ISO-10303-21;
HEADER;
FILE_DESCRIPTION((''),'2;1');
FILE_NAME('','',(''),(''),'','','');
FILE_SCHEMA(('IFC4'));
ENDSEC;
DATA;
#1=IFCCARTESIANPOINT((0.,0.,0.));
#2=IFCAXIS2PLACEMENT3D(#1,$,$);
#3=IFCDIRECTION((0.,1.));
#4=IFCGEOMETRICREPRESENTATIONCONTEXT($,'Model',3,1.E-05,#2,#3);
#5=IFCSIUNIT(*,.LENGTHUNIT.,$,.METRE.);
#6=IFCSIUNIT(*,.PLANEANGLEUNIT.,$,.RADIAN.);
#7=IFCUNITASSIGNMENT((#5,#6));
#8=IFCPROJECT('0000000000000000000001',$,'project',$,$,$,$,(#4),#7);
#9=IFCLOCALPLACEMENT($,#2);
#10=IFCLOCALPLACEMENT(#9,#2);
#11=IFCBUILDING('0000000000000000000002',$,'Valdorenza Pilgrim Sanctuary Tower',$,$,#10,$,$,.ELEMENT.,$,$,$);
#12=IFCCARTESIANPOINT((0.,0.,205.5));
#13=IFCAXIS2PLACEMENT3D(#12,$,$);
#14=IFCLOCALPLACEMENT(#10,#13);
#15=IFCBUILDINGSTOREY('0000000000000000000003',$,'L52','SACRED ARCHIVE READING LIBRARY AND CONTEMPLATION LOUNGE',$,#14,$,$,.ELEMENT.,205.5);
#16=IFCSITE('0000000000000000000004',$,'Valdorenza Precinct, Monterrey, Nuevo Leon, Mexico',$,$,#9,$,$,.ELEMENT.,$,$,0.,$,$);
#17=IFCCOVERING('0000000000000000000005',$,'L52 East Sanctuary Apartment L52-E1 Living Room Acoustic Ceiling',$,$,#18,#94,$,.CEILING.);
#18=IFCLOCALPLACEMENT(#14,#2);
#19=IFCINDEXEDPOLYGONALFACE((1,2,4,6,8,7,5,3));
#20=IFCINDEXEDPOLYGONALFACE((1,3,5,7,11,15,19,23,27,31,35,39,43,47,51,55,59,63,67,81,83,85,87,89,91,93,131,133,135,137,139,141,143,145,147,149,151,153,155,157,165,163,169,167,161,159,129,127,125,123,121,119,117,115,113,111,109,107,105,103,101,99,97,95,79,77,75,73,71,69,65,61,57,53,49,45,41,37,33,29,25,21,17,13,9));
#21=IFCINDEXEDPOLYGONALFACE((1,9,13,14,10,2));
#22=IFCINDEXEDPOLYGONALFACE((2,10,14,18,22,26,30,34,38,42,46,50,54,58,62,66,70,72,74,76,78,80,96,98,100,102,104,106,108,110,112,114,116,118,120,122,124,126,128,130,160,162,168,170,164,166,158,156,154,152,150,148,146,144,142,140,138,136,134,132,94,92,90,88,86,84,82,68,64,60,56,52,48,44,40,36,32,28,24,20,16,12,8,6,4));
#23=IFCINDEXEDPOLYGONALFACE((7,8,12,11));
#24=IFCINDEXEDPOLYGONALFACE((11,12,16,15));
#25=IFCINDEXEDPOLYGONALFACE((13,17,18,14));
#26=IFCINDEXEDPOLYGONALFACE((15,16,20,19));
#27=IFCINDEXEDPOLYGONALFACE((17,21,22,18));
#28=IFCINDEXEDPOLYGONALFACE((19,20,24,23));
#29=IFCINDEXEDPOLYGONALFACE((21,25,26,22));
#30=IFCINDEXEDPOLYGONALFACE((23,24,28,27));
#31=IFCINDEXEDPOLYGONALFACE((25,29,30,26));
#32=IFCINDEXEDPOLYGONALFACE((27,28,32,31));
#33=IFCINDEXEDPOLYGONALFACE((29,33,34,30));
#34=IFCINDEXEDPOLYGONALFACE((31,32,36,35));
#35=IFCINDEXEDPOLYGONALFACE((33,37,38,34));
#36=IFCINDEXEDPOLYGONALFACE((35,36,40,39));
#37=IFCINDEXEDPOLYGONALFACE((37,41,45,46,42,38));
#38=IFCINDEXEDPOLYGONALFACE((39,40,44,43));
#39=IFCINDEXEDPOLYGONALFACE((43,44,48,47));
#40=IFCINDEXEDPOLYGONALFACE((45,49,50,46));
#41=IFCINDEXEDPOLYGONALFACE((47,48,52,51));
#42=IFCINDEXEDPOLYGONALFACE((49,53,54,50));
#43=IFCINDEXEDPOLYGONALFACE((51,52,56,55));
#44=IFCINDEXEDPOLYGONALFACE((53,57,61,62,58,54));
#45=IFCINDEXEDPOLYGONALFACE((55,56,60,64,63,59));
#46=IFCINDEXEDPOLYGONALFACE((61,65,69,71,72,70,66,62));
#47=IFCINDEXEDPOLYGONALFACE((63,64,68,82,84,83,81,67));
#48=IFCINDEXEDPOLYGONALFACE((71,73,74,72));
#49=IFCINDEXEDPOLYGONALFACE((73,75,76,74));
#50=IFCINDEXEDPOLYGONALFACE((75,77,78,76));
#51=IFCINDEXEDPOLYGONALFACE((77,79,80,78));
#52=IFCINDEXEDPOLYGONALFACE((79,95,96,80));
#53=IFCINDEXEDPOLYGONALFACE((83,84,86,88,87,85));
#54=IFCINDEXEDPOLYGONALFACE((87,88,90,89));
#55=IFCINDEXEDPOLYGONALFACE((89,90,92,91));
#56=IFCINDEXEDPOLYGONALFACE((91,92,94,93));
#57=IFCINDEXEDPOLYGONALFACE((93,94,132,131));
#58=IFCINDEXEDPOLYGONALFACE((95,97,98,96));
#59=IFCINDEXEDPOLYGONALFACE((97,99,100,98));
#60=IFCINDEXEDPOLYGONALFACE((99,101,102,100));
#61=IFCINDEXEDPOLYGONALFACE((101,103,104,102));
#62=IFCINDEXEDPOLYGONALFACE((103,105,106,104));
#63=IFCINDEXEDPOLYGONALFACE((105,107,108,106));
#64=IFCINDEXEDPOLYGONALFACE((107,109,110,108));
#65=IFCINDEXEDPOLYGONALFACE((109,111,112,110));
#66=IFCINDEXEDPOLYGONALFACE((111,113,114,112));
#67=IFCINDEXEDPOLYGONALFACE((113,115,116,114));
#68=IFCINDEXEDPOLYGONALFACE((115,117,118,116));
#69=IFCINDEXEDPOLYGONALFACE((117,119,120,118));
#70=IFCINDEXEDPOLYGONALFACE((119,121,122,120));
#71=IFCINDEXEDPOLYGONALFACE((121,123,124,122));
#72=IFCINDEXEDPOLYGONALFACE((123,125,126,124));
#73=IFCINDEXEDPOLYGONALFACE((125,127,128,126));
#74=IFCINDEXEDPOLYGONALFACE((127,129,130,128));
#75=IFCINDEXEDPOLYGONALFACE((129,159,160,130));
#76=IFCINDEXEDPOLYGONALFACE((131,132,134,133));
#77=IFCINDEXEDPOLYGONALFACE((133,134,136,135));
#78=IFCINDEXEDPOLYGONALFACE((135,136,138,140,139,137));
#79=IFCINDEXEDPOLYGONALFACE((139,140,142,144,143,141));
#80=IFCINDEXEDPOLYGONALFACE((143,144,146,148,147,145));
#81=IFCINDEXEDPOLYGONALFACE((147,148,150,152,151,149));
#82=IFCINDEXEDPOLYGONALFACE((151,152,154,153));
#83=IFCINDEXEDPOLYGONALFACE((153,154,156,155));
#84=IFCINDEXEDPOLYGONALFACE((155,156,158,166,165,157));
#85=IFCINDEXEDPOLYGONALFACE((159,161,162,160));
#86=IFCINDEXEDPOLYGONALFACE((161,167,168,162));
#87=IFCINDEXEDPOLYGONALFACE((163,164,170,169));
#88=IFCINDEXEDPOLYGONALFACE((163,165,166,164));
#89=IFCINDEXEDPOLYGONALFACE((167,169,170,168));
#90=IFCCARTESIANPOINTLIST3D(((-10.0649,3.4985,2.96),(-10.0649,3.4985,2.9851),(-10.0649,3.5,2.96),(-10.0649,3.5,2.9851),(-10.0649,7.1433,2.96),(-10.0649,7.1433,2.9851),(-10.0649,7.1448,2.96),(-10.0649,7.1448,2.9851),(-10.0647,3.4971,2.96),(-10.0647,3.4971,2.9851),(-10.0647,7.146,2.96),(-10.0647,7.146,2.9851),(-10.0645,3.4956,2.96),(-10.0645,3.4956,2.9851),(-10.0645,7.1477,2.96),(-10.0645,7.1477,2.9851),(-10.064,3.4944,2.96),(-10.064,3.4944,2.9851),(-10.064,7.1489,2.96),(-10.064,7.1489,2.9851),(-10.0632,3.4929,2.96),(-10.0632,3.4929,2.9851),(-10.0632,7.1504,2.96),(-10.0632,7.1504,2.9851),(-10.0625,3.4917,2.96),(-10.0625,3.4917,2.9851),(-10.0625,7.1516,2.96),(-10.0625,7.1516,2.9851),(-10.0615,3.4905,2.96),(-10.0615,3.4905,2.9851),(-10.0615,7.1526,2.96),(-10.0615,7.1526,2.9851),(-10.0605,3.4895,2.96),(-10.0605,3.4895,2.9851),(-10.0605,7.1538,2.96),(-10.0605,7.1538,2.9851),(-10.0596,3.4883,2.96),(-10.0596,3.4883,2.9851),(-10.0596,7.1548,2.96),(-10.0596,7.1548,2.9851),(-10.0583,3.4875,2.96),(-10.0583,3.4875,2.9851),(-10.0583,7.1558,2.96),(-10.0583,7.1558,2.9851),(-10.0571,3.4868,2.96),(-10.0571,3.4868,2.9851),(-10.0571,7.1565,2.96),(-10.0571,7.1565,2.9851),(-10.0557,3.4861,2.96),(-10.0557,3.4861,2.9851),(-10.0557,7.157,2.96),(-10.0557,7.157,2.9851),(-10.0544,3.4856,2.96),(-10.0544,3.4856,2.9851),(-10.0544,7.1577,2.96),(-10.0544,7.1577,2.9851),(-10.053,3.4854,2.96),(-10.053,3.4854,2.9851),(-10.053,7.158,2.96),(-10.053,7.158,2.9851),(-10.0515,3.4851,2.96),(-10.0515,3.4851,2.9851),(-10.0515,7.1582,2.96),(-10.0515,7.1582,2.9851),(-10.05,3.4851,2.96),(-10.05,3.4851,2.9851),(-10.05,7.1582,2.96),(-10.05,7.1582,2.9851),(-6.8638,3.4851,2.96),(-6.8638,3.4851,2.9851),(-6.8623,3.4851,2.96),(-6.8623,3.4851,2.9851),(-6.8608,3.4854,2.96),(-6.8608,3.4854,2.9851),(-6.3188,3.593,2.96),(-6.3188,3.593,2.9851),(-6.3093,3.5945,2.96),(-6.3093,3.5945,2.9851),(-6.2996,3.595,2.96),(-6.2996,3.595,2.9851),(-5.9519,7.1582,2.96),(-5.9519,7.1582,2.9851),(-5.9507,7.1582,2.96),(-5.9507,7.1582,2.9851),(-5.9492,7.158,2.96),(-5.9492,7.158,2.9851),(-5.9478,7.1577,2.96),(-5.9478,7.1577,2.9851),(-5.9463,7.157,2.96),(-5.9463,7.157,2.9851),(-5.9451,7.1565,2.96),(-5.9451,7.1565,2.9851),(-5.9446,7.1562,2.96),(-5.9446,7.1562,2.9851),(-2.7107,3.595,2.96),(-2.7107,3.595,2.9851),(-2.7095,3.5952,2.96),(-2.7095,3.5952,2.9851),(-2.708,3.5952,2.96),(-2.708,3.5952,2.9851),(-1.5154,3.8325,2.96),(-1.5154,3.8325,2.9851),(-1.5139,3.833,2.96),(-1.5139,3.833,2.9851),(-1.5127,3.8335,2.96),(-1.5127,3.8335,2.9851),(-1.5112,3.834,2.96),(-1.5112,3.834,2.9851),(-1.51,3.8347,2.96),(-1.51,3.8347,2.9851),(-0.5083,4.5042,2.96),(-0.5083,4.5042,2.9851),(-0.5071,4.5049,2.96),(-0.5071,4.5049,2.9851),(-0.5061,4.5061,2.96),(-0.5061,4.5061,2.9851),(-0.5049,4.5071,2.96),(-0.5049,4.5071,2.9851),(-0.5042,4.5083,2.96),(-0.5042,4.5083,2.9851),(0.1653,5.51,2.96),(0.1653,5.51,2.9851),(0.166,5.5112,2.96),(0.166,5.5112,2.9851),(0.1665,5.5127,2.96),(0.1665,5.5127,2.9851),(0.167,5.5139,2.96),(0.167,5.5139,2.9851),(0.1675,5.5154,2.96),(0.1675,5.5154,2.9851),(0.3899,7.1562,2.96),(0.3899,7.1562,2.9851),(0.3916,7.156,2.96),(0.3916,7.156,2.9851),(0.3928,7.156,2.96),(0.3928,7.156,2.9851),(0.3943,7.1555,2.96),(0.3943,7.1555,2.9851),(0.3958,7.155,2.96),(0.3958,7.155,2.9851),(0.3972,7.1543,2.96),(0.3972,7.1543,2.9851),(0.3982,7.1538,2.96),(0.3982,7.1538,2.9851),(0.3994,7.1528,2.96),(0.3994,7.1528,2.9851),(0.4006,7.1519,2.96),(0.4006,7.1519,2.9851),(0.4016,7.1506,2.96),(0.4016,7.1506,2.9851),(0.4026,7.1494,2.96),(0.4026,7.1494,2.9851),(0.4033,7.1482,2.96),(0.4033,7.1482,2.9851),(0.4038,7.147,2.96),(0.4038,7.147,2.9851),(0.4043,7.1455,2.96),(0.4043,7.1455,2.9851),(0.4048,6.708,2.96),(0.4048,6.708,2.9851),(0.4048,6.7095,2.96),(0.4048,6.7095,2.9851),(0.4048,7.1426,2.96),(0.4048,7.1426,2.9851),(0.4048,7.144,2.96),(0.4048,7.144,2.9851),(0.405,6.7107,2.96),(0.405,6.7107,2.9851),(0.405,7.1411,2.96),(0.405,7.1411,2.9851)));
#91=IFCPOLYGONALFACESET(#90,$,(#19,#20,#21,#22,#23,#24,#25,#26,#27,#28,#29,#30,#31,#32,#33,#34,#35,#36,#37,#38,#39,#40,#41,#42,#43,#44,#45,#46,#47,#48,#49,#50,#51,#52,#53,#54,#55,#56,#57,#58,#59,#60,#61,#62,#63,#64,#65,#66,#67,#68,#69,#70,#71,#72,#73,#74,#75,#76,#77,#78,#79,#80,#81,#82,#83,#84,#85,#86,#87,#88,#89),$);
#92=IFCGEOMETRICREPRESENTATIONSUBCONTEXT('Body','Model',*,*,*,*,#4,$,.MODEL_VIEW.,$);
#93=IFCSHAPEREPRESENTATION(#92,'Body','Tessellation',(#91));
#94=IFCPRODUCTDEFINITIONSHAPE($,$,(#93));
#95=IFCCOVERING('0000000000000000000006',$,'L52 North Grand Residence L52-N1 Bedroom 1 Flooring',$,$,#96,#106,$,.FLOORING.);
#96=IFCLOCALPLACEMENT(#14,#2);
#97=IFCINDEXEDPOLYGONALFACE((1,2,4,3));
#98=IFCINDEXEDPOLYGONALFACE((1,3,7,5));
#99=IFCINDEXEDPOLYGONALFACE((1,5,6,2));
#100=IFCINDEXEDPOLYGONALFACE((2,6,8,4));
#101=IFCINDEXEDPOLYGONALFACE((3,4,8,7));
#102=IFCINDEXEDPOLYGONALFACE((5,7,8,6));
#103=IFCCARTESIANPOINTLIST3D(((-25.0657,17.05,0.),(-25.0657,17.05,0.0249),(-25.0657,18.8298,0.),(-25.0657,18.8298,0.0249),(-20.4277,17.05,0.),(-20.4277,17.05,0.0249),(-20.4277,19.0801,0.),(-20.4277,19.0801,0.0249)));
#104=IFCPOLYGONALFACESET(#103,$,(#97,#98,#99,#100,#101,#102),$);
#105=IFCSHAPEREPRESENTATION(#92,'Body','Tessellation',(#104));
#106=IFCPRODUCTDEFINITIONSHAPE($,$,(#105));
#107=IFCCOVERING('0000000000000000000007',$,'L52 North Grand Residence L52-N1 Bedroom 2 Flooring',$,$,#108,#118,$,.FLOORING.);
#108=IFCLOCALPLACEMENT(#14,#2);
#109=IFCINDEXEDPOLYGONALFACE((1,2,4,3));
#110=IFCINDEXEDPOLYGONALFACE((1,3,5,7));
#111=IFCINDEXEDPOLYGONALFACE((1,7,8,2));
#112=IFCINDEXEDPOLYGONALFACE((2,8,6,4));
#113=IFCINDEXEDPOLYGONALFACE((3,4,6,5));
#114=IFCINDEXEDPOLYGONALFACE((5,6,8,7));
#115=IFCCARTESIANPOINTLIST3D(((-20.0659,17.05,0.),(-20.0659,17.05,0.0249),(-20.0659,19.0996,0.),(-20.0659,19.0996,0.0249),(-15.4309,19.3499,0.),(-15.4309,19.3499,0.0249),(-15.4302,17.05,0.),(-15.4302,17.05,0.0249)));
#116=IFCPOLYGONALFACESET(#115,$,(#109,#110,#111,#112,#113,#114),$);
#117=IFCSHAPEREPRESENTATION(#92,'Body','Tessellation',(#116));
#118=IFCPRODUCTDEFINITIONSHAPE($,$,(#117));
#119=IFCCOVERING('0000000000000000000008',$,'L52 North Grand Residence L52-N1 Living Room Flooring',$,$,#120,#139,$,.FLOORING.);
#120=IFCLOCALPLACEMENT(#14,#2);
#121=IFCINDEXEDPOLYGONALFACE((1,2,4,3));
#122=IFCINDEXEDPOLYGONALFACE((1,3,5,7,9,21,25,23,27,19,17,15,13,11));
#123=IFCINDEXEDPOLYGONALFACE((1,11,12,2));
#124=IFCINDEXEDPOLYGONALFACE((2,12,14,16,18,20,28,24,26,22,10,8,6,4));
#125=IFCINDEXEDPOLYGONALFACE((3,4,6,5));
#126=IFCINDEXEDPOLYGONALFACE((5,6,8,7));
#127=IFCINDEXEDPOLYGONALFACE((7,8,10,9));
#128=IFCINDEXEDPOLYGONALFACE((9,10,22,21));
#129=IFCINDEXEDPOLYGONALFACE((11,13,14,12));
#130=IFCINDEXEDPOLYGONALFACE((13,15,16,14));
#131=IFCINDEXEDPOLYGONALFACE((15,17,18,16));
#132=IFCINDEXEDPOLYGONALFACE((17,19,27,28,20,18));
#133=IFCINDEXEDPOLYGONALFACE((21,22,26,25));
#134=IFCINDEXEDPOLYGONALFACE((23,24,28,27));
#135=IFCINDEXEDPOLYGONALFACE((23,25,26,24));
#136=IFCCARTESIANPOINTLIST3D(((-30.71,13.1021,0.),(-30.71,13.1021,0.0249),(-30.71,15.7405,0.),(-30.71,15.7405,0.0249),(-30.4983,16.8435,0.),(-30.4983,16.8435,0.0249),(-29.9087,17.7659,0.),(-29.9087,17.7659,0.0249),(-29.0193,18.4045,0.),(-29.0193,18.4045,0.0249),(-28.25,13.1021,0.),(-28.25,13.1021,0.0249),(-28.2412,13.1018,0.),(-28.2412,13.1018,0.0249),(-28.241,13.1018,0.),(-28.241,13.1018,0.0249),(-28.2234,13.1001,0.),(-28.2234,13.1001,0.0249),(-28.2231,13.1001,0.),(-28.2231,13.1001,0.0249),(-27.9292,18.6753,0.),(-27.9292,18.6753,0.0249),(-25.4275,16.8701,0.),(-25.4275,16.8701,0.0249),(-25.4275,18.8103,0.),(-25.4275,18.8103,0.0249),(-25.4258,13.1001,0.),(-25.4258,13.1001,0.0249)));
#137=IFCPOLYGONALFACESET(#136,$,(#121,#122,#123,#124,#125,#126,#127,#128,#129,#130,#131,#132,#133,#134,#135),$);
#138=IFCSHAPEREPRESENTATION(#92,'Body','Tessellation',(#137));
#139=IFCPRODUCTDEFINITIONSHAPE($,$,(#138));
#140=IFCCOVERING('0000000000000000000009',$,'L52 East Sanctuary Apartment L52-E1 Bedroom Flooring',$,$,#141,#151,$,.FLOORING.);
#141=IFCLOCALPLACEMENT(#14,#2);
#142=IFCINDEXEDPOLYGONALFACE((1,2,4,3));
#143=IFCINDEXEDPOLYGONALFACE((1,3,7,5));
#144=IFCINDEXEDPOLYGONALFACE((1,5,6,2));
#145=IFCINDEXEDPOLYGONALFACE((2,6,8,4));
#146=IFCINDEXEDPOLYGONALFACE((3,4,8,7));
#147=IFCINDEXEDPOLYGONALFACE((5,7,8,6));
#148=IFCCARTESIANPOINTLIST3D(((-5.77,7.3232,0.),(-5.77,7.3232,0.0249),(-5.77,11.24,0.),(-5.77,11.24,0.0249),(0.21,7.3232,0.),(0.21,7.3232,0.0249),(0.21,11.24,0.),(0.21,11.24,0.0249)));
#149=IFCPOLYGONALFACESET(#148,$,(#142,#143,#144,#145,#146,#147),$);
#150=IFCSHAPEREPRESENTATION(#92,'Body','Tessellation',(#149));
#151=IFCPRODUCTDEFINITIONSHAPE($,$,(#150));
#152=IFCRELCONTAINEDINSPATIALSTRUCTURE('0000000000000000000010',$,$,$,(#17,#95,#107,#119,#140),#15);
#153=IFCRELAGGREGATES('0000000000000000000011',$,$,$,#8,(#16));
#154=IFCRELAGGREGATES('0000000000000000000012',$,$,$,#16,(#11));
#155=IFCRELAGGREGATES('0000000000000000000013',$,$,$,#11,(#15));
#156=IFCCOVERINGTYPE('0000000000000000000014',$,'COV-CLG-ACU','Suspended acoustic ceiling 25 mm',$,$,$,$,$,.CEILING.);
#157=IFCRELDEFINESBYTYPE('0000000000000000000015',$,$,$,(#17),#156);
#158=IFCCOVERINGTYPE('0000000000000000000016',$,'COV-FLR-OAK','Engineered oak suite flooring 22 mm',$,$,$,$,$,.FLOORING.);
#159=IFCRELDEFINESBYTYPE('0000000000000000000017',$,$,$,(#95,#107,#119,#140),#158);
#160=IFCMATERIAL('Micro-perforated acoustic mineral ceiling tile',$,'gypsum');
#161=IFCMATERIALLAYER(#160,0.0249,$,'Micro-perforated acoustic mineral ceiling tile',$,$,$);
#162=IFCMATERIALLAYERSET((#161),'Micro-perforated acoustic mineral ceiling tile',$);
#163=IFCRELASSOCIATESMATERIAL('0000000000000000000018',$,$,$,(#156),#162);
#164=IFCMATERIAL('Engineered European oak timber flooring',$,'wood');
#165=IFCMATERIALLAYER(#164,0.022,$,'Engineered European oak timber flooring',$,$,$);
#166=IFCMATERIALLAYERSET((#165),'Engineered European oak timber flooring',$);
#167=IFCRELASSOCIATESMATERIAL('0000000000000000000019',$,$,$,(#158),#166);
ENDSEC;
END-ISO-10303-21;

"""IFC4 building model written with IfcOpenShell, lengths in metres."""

from ifc_helpers import new_model, si_unit, direction, frame, origin, place, context, subcontext, project, spatial, polyline, outline, extrude, material, layer, layer_set, type_object, element, save


model = new_model("IFC4")

# Units and contexts
model_context = context("Model", 3, precision=1e-05, world=origin(), true_north=direction((0.0, 1.0)))
body_context = subcontext(model_context, "Body", "Model", "MODEL_VIEW")
ifc_project = project(units=[si_unit("LENGTHUNIT", "METRE"), si_unit("PLANEANGLEUNIT", "RADIAN")], contexts=[model_context])

# Site, building, storey
site_placement = place(None, origin())
site = spatial("IfcSite", under=ifc_project, at=site_placement, Name="Valdorenza Precinct, Monterrey, Nuevo Leon, Mexico", CompositionType="ELEMENT", RefElevation=0.0)
building_placement = place(site_placement, origin())
building = spatial("IfcBuilding", under=site, at=building_placement, Name="Valdorenza Pilgrim Sanctuary Tower", CompositionType="ELEMENT")
storey_placement = place(building_placement, frame((0.0, 0.0, 205.5)))
storey = spatial("IfcBuildingStorey", under=building, at=storey_placement, Name="L52", Description="SACRED ARCHIVE READING LIBRARY AND CONTEMPLATION LOUNGE", CompositionType="ELEMENT", Elevation=205.5)

# Coverings
ifc_material_1 = material(Name="Micro-perforated acoustic mineral ceiling tile", Category="gypsum")
ifc_layer_1 = layer(ifc_material_1, 0.0249, Name="Micro-perforated acoustic mineral ceiling tile")
ifc_layer_set_1 = layer_set([ifc_layer_1], Name="Micro-perforated acoustic mineral ceiling tile")
covering_type_1 = type_object("IfcCoveringType", Name="COV-CLG-ACU", Description="Suspended acoustic ceiling 25 mm", PredefinedType="CEILING", material=ifc_layer_set_1)
covering_1_placement = place(storey_placement, frame((0.0, 0.0, 2.96)))
element("IfcCovering", 1, at=covering_1_placement, inside=storey, type_object=covering_type_1, Name="L52 East Sanctuary Apartment L52-E1 Living Room Acoustic Ceiling", PredefinedType="CEILING", context=body_context, shape_type="SweptSolid", body=[
    extrude(outline(polyline([(-10.0649, 7.1433), (-10.0649, 7.1448), (-10.0647, 7.146), (-10.0645, 7.1477), (-10.064, 7.1489), (-10.0632, 7.1504), (-10.0625, 7.1516), (-10.0615, 7.1526), (-10.0605, 7.1538), (-10.0596, 7.1548), (-10.0583, 7.1558), (-10.0571, 7.1565), (-10.0557, 7.157), (-10.0544, 7.1577), (-10.053, 7.158), (-10.0515, 7.1582), (-10.05, 7.1582), (-5.9519, 7.1582), (-5.9507, 7.1582), (-5.9492, 7.158), (-5.9478, 7.1577), (-5.9463, 7.157), (-5.9451, 7.1565), (-5.9446, 7.1562), (0.3899, 7.1562), (0.3916, 7.156), (0.3928, 7.156), (0.3943, 7.1555), (0.3958, 7.155), (0.3972, 7.1543), (0.3982, 7.1538), (0.3994, 7.1528), (0.4006, 7.1519), (0.4016, 7.1506), (0.4026, 7.1494), (0.4033, 7.1482), (0.4038, 7.147), (0.4043, 7.1455), (0.4048, 7.144), (0.4048, 7.1426), (0.405, 7.1411), (0.405, 6.7107), (0.4048, 6.7095), (0.4048, 6.708), (0.1675, 5.5154), (0.167, 5.5139), (0.1665, 5.5127), (0.166, 5.5112), (0.1653, 5.51), (-0.5042, 4.5083), (-0.5049, 4.5071), (-0.5061, 4.5061), (-0.5071, 4.5049), (-0.5083, 4.5042), (-1.51, 3.8347), (-1.5112, 3.834), (-1.5127, 3.8335), (-1.5139, 3.833), (-1.5154, 3.8325), (-2.708, 3.5952), (-2.7095, 3.5952), (-2.7107, 3.595), (-6.2996, 3.595), (-6.3093, 3.5945), (-6.3188, 3.593), (-6.8608, 3.4854), (-6.8623, 3.4851), (-6.8638, 3.4851), (-10.05, 3.4851), (-10.0515, 3.4851), (-10.053, 3.4854), (-10.0544, 3.4856), (-10.0557, 3.4861), (-10.0571, 3.4868), (-10.0583, 3.4875), (-10.0596, 3.4883), (-10.0605, 3.4895), (-10.0615, 3.4905), (-10.0625, 3.4917), (-10.0632, 3.4929), (-10.064, 3.4944), (-10.0645, 3.4956), (-10.0647, 3.4971), (-10.0649, 3.4985), (-10.0649, 3.5), (-10.0649, 7.1433)])), origin(), (0.0, 0.0, 1.0), 0.0251),
])
ifc_material_2 = material(Name="Engineered European oak timber flooring", Category="wood")
ifc_layer_2 = layer(ifc_material_2, 0.022, Name="Engineered European oak timber flooring")
ifc_layer_set_2 = layer_set([ifc_layer_2], Name="Engineered European oak timber flooring")
covering_type_2 = type_object("IfcCoveringType", Name="COV-FLR-OAK", Description="Engineered oak suite flooring 22 mm", PredefinedType="FLOORING", material=ifc_layer_set_2)
covering_2_placement = place(storey_placement, origin())
element("IfcCovering", 2, at=covering_2_placement, inside=storey, type_object=covering_type_2, Name="L52 North Grand Residence L52-N1 Bedroom 1 Flooring", PredefinedType="FLOORING", context=body_context, shape_type="SweptSolid", body=[
    extrude(outline(polyline([(-25.0657, 17.05), (-25.0657, 18.8298), (-20.4277, 19.0801), (-20.4277, 17.05), (-25.0657, 17.05)])), origin(), (0.0, 0.0, 1.0), 0.0249),
])
covering_3_placement = place(storey_placement, origin())
element("IfcCovering", 3, at=covering_3_placement, inside=storey, type_object=covering_type_2, Name="L52 North Grand Residence L52-N1 Bedroom 2 Flooring", PredefinedType="FLOORING", context=body_context, shape_type="SweptSolid", body=[
    extrude(outline(polyline([(-15.4302, 17.05), (-20.0659, 17.05), (-20.0659, 19.0996), (-15.4309, 19.3499), (-15.4302, 17.05)])), origin(), (0.0, 0.0, 1.0), 0.0249),
])
covering_4_placement = place(storey_placement, origin())
element("IfcCovering", 4, at=covering_4_placement, inside=storey, type_object=covering_type_2, Name="L52 North Grand Residence L52-N1 Living Room Flooring", PredefinedType="FLOORING", context=body_context, shape_type="SweptSolid", body=[
    extrude(outline(polyline([(-28.2231, 13.1001), (-28.2231, 13.1001), (-28.2234, 13.1001), (-28.241, 13.1018), (-28.2412, 13.1018), (-28.25, 13.1021), (-30.71, 13.1021), (-30.71, 15.7405), (-30.4983, 16.8435), (-29.9087, 17.7659), (-29.0193, 18.4045), (-27.9292, 18.6753), (-25.4275, 18.8103), (-25.4275, 16.8701), (-25.4258, 13.1001), (-28.2231, 13.1001)])), origin(), (0.0, 0.0, 1.0), 0.0249),
])
covering_5_placement = place(storey_placement, origin())
element("IfcCovering", 5, at=covering_5_placement, inside=storey, type_object=covering_type_2, Name="L52 East Sanctuary Apartment L52-E1 Bedroom Flooring", PredefinedType="FLOORING", context=body_context, shape_type="SweptSolid", body=[
    extrude(outline(polyline([(-5.77, 11.24), (0.21, 11.24), (0.21, 7.3232), (-5.77, 7.3232), (-5.77, 11.24)])), origin(), (0.0, 0.0, 1.0), 0.0249),
])

save(model, "model.ifc")
